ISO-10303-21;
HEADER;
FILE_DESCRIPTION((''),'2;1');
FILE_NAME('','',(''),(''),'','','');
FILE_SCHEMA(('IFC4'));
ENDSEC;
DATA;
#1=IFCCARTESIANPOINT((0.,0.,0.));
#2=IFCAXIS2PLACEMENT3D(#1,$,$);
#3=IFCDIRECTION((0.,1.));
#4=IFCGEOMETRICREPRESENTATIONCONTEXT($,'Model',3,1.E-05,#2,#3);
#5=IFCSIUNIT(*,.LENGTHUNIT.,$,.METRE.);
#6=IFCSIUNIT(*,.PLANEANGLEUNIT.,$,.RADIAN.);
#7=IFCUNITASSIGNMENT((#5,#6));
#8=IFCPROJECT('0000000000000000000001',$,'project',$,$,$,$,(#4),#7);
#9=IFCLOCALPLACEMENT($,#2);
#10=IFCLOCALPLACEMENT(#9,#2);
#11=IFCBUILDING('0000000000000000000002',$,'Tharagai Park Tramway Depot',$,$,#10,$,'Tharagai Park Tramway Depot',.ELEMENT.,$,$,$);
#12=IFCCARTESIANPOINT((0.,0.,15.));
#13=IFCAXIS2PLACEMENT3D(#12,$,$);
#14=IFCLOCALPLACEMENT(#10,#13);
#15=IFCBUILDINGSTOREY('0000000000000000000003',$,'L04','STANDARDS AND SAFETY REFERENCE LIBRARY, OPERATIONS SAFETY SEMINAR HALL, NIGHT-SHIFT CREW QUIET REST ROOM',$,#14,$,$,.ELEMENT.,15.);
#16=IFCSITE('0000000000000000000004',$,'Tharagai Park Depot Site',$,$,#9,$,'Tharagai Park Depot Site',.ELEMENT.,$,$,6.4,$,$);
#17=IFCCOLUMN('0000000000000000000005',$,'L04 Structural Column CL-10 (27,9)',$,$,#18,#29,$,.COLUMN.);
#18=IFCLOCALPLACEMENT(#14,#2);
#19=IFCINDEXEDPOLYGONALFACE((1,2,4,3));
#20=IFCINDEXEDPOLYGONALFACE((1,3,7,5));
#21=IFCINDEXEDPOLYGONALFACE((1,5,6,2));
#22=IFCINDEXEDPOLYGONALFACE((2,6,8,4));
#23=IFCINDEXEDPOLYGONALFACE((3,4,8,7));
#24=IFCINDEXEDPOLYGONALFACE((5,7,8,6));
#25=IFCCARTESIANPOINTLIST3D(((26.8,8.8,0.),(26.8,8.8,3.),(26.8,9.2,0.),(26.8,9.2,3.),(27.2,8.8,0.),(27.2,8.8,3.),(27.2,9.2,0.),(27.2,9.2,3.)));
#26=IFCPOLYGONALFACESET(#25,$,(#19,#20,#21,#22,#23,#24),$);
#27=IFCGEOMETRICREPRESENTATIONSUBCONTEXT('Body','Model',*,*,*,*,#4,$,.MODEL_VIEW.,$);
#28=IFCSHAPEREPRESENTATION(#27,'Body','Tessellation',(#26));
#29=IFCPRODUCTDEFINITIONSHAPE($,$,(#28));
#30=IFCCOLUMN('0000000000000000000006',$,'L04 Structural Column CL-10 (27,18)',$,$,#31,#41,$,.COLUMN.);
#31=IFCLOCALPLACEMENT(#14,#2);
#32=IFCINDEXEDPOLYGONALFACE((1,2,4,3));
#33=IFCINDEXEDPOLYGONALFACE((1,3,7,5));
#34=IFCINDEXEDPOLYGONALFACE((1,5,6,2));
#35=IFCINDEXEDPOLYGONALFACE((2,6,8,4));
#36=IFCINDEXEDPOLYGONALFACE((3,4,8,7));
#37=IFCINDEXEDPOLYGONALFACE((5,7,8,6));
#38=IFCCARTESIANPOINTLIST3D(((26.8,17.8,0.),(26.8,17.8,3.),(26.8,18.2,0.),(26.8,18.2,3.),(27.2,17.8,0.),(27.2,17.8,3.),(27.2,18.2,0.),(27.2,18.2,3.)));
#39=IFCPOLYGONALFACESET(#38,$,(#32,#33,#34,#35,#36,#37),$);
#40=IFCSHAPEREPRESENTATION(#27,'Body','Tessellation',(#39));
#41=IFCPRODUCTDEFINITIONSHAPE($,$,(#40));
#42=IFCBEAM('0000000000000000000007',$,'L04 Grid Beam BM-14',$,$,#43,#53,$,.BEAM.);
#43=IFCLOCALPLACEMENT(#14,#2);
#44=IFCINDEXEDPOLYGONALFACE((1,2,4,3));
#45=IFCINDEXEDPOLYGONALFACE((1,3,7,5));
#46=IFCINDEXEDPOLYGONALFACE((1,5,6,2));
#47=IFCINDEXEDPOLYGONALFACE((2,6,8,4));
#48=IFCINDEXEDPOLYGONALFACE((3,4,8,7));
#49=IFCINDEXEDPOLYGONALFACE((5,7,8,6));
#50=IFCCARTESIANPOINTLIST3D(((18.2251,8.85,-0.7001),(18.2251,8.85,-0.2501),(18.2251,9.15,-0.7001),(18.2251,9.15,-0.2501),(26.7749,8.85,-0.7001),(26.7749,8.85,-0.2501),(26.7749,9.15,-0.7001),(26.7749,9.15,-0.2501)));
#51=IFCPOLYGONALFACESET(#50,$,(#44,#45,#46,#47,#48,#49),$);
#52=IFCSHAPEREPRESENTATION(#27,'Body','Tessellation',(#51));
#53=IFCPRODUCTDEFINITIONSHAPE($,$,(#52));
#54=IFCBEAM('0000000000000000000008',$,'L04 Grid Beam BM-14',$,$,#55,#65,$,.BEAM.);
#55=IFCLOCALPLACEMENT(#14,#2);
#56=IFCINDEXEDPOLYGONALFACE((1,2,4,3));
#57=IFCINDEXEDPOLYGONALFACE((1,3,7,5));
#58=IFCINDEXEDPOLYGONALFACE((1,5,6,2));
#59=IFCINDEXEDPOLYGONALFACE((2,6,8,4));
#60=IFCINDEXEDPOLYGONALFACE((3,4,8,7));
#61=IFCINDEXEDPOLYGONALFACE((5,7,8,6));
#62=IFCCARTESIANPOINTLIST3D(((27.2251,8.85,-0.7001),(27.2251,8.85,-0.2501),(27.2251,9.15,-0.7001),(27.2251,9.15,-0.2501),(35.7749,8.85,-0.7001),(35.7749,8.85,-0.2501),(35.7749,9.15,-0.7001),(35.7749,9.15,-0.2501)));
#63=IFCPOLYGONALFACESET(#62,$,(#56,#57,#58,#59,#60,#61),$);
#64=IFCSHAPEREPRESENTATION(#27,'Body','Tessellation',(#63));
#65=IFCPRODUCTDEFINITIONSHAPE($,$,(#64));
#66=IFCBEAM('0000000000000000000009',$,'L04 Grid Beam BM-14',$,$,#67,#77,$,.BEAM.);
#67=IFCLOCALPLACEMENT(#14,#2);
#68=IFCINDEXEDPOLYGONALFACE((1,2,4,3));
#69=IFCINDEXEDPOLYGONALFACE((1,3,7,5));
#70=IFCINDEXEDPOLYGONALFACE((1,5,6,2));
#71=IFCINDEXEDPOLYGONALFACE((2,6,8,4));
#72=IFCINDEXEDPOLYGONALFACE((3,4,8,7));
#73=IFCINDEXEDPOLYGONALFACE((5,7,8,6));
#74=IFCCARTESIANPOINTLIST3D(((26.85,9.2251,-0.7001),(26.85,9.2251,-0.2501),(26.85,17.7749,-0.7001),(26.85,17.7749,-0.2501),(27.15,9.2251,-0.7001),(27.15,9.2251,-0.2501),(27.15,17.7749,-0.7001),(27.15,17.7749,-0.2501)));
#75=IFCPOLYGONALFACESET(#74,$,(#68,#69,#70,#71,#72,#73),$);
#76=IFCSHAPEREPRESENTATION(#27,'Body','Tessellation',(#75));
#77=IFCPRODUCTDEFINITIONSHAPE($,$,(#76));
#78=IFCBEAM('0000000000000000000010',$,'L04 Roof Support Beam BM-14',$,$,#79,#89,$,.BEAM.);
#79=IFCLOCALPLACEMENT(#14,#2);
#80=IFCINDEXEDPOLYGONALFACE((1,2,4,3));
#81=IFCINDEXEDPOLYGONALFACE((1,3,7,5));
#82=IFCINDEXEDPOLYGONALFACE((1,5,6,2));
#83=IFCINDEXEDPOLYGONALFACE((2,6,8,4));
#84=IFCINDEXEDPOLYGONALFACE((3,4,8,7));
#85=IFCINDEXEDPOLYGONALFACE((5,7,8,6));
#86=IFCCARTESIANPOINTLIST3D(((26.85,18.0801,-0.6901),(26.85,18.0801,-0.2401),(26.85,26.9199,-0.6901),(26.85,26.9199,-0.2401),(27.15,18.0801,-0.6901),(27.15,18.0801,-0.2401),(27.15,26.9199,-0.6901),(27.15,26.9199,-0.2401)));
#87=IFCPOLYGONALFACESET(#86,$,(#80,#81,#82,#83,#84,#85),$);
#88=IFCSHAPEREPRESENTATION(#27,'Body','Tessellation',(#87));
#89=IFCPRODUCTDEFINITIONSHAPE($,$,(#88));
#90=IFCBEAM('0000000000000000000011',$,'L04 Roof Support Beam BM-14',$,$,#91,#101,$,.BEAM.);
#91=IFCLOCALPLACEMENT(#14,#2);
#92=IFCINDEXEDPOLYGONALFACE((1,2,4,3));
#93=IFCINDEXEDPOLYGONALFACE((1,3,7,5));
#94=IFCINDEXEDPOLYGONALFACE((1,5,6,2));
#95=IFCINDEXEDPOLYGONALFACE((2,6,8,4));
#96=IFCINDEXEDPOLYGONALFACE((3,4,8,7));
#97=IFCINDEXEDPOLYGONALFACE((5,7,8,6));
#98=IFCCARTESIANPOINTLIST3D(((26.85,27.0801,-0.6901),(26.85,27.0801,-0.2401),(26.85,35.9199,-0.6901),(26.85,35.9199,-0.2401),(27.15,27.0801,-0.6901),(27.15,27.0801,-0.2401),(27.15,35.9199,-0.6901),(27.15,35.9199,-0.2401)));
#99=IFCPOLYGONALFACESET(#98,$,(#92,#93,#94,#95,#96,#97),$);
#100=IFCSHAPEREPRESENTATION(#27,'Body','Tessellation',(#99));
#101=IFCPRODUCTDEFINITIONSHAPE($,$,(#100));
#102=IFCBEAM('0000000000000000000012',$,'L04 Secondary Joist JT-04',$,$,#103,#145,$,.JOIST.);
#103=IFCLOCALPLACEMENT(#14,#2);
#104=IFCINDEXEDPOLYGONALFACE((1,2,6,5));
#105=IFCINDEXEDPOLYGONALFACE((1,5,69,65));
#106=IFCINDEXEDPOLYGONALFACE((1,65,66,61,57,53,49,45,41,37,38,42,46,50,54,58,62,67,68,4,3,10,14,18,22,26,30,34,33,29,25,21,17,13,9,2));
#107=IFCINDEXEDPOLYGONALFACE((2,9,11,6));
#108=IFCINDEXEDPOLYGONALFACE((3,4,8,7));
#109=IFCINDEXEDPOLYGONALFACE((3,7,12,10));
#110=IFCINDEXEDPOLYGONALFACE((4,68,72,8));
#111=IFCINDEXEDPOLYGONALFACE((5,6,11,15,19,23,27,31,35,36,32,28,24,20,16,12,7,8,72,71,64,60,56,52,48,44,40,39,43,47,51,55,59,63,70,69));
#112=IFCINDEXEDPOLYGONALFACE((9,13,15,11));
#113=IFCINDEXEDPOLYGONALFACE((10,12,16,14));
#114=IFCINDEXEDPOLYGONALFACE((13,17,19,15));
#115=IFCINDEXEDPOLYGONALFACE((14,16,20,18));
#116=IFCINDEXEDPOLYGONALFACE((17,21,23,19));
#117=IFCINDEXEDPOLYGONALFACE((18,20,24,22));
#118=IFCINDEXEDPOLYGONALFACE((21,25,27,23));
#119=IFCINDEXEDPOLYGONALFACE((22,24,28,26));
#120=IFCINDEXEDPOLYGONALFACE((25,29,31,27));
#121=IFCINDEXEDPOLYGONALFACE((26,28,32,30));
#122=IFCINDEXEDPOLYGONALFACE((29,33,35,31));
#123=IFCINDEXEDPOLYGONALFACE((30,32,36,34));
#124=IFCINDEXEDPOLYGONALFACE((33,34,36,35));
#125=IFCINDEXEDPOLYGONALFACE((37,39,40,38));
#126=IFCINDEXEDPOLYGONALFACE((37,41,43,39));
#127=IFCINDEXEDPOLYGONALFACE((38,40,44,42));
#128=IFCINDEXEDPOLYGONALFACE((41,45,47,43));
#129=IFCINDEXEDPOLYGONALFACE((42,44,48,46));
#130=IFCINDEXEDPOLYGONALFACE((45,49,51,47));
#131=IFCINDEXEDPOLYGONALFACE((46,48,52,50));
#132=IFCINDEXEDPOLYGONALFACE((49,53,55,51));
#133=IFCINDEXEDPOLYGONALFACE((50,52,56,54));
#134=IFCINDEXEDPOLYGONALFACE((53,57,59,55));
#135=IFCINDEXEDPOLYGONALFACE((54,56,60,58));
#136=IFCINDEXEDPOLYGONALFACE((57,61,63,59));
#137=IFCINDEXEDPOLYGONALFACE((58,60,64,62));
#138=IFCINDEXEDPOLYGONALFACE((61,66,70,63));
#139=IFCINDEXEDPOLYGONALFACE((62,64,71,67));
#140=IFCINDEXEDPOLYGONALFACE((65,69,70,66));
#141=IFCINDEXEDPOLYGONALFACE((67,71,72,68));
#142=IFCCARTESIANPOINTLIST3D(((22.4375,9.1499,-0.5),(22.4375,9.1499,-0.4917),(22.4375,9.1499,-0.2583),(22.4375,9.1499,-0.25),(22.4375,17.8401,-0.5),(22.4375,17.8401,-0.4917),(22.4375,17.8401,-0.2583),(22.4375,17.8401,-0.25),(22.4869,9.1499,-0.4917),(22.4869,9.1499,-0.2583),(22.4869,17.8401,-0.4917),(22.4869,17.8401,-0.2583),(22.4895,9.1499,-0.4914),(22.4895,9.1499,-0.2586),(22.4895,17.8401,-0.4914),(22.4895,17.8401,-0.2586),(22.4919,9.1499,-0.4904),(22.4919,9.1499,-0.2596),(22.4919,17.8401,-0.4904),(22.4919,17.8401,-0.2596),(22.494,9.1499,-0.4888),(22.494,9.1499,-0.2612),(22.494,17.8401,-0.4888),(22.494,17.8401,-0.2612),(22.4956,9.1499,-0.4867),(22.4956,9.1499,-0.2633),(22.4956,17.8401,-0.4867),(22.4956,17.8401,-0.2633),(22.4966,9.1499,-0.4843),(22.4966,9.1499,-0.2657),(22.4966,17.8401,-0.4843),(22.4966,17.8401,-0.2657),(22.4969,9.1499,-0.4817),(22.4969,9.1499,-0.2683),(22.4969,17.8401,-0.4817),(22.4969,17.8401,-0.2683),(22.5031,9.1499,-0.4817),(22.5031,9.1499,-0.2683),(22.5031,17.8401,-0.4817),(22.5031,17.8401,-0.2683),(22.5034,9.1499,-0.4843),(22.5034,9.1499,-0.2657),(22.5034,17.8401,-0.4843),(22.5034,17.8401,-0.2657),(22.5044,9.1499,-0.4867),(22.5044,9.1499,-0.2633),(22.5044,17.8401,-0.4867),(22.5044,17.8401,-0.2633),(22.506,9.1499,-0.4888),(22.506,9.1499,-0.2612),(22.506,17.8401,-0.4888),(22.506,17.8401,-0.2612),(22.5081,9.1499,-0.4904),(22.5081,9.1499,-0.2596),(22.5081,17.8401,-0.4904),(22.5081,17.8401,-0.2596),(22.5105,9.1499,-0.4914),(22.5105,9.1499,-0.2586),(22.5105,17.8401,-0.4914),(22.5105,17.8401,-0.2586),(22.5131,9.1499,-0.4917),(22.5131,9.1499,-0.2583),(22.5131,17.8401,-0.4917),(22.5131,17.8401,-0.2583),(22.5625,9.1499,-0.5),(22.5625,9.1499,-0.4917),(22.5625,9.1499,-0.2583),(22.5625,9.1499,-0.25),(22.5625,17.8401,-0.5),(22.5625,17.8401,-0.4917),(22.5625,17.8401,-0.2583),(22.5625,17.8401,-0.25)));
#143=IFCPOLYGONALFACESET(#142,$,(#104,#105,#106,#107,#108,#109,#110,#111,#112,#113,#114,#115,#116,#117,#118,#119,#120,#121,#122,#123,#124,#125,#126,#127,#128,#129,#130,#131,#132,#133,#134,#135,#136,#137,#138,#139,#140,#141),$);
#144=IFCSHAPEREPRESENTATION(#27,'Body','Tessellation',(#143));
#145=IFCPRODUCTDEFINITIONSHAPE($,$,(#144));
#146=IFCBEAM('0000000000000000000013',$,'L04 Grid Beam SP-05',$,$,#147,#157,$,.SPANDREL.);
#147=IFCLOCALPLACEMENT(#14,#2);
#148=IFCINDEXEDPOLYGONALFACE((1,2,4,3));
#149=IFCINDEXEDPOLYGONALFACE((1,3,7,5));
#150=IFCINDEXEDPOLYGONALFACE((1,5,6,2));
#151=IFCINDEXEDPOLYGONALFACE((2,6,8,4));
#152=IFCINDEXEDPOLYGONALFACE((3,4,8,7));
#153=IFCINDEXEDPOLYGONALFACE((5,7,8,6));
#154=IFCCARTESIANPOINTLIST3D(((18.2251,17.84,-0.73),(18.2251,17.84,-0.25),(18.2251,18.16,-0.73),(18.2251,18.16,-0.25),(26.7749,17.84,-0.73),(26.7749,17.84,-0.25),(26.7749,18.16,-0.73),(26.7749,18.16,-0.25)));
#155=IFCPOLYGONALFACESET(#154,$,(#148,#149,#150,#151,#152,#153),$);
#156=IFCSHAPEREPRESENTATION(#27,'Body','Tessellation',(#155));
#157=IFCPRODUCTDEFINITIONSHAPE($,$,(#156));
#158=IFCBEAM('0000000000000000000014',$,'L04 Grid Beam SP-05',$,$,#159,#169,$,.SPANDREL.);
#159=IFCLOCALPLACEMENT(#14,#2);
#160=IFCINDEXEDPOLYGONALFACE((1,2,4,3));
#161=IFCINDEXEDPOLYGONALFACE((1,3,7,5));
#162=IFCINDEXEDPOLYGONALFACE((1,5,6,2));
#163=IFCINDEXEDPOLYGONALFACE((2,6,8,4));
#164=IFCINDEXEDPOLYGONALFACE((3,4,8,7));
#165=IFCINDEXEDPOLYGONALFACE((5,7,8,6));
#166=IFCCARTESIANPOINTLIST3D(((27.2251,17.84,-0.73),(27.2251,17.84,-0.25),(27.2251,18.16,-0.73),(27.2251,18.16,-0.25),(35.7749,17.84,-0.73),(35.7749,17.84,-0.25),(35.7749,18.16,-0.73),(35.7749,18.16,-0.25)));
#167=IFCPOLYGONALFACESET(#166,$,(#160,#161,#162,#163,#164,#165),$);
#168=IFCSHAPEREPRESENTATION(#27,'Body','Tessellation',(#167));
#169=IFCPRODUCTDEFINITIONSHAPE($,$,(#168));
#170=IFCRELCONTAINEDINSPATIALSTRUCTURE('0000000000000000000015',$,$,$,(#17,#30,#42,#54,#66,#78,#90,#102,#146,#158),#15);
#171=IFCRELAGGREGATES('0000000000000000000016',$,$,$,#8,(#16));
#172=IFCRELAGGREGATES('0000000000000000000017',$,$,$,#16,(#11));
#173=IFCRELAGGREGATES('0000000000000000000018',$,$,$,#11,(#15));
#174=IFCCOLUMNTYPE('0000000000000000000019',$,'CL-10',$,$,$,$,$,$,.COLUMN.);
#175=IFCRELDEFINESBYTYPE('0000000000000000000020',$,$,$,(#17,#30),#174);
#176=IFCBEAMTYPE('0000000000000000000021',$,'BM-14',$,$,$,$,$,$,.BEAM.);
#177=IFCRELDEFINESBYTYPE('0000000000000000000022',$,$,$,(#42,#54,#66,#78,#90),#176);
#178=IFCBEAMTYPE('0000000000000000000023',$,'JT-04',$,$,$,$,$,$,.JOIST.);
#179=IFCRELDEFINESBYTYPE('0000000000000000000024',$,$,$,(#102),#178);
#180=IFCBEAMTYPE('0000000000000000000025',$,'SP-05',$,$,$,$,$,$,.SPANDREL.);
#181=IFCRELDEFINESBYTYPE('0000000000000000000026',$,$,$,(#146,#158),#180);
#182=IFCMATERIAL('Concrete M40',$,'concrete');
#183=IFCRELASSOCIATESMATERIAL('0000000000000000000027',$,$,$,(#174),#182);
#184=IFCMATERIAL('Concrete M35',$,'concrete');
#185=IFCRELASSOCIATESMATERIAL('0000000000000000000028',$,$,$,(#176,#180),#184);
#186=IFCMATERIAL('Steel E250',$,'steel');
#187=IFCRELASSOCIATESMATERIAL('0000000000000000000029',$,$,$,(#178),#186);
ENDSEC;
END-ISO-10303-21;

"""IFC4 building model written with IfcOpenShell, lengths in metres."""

from ifc_helpers import new_model, si_unit, direction, frame, origin, origin_2d, place, context, subcontext, project, spatial, rectangle, i_section, extrude, material, material_profile, profile_set, type_object, element, save


model = new_model("IFC4")

# Units and contexts
model_context = context("Model", 3, precision=1e-05, world=origin(), true_north=direction((0.0, 1.0)))
body_context = subcontext(model_context, "Body", "Model", "MODEL_VIEW")
ifc_project = project(units=[si_unit("LENGTHUNIT", "METRE"), si_unit("PLANEANGLEUNIT", "RADIAN")], contexts=[model_context])

# Site, building, storey
site_placement = place(None, origin())
site = spatial("IfcSite", under=ifc_project, at=site_placement, Name="Tharagai Park Depot Site", LongName="Tharagai Park Depot Site", CompositionType="ELEMENT", RefElevation=6.4)
building_placement = place(site_placement, origin())
building = spatial("IfcBuilding", under=site, at=building_placement, Name="Tharagai Park Tramway Depot", LongName="Tharagai Park Tramway Depot", CompositionType="ELEMENT")
storey_placement = place(building_placement, frame((0.0, 0.0, 15.0)))
storey = spatial("IfcBuildingStorey", under=building, at=storey_placement, Name="L04", Description="STANDARDS AND SAFETY REFERENCE LIBRARY, OPERATIONS SAFETY SEMINAR HALL, NIGHT-SHIFT CREW QUIET REST ROOM", CompositionType="ELEMENT", Elevation=15.0)

# Columns
ifc_material_1 = material(Name="Concrete M40", Category="concrete")
ifc_material_profile_1 = material_profile(ifc_material_1, rectangle(XDim=0.3999, YDim=0.3999, at=origin_2d()), Name="RC 400x400")
ifc_profile_set_1 = profile_set([ifc_material_profile_1], Name="Concrete M40")
column_type = type_object("IfcColumnType", Name="CL-10", PredefinedType="COLUMN", material=ifc_profile_set_1)
for number, where, z_axis, x_axis, name in (
    (1, (27.0, 9.0, 0.0), (0.0, 0.0, 1.0), (1.0, 0.0, 0.0), "L04 Structural Column CL-10 (27,9)"),
    (2, (27.0, 18.0, 0.0), (0.0, 0.0, 1.0), (1.0, 0.0, 0.0), "L04 Structural Column CL-10 (27,18)"),
):
    element("IfcColumn", number, at=place(storey_placement, frame(where, z_axis=z_axis, x_axis=x_axis)), inside=storey, type_object=column_type, Name=name, PredefinedType="COLUMN", context=body_context, shape_type="SweptSolid", body=[
        extrude(rectangle(XDim=0.3999, YDim=0.3999, at=origin_2d()), origin(), (0.0, 0.0, 1.0), 3.0),
    ])

# Beams
ifc_material_2 = material(Name="Concrete M35", Category="concrete")
ifc_material_profile_2 = material_profile(ifc_material_2, rectangle(XDim=0.3, YDim=0.45, at=origin_2d()), Name="RC 300x450")
ifc_profile_set_2 = profile_set([ifc_material_profile_2], Name="Concrete M35")
beam_type_1 = type_object("IfcBeamType", Name="BM-14", PredefinedType="BEAM", material=ifc_profile_set_2)
for number, where, z_axis, x_axis, name in (
    (3, (18.2251, 9.0, -0.4751), (1.0, 0.0, 0.0), (0.0, 1.0, 0.0), "L04 Grid Beam BM-14"),
    (4, (27.2251, 9.0, -0.4751), (1.0, 0.0, 0.0), (0.0, 1.0, 0.0), "L04 Grid Beam BM-14"),
    (5, (27.0, 9.2251, -0.4751), (0.0, 1.0, 0.0), (-1.0, 0.0, 0.0), "L04 Grid Beam BM-14"),
):
    element("IfcBeam", number, at=place(storey_placement, frame(where, z_axis=z_axis, x_axis=x_axis)), inside=storey, type_object=beam_type_1, Name=name, PredefinedType="BEAM", context=body_context, shape_type="SweptSolid", body=[
        extrude(rectangle(XDim=0.3, YDim=0.45, at=origin_2d()), origin(), (0.0, 0.0, 1.0), 8.5498),
    ])
for number, where, z_axis, x_axis, name in (
    (6, (27.0, 18.0801, -0.4651), (0.0, 1.0, 0.0), (-1.0, 0.0, 0.0), "L04 Roof Support Beam BM-14"),
    (7, (27.0, 27.0801, -0.4651), (0.0, 1.0, 0.0), (-1.0, 0.0, 0.0), "L04 Roof Support Beam BM-14"),
):
    element("IfcBeam", number, at=place(storey_placement, frame(where, z_axis=z_axis, x_axis=x_axis)), inside=storey, type_object=beam_type_1, Name=name, PredefinedType="BEAM", context=body_context, shape_type="SweptSolid", body=[
        extrude(rectangle(XDim=0.3, YDim=0.45, at=origin_2d()), origin(), (0.0, 0.0, 1.0), 8.8398),
    ])
ifc_material_3 = material(Name="Steel E250", Category="steel")
ifc_material_profile_3 = material_profile(ifc_material_3, i_section(OverallWidth=0.125, OverallDepth=0.25, WebThickness=0.0061, FlangeThickness=0.0083, FilletRadius=0.01, at=origin_2d()), Name="ISLB 250")
ifc_profile_set_3 = profile_set([ifc_material_profile_3], Name="Steel E250")
beam_type_2 = type_object("IfcBeamType", Name="JT-04", PredefinedType="JOIST", material=ifc_profile_set_3)
beam_placement = place(storey_placement, frame((22.5, 9.1499, -0.375), z_axis=(0.0, 1.0, 0.0), x_axis=(-1.0, 0.0, 0.0)))
element("IfcBeam", 8, at=beam_placement, inside=storey, type_object=beam_type_2, Name="L04 Secondary Joist JT-04", PredefinedType="JOIST", context=body_context, shape_type="SweptSolid", body=[
    extrude(i_section(OverallWidth=0.125, OverallDepth=0.25, WebThickness=0.0061, FlangeThickness=0.0083, FilletRadius=0.01, at=origin_2d()), origin(), (0.0, 0.0, 1.0), 8.6902),
])
ifc_material_profile_4 = material_profile(ifc_material_2, rectangle(XDim=0.3201, YDim=0.48, at=origin_2d()), Name="RC 320x480")
ifc_profile_set_4 = profile_set([ifc_material_profile_4], Name="Concrete M35")
beam_type_3 = type_object("IfcBeamType", Name="SP-05", PredefinedType="SPANDREL", material=ifc_profile_set_4)
for number, where, z_axis, x_axis, name in (
    (9, (18.2251, 18.0, -0.49), (1.0, 0.0, 0.0), (0.0, 1.0, 0.0), "L04 Grid Beam SP-05"),
    (10, (27.2251, 18.0, -0.49), (1.0, 0.0, 0.0), (0.0, 1.0, 0.0), "L04 Grid Beam SP-05"),
):
    element("IfcBeam", number, at=place(storey_placement, frame(where, z_axis=z_axis, x_axis=x_axis)), inside=storey, type_object=beam_type_3, Name=name, PredefinedType="SPANDREL", context=body_context, shape_type="SweptSolid", body=[
        extrude(rectangle(XDim=0.3201, YDim=0.48, at=origin_2d()), origin(), (0.0, 0.0, 1.0), 8.5498),
    ])

save(model, "model.ifc")
